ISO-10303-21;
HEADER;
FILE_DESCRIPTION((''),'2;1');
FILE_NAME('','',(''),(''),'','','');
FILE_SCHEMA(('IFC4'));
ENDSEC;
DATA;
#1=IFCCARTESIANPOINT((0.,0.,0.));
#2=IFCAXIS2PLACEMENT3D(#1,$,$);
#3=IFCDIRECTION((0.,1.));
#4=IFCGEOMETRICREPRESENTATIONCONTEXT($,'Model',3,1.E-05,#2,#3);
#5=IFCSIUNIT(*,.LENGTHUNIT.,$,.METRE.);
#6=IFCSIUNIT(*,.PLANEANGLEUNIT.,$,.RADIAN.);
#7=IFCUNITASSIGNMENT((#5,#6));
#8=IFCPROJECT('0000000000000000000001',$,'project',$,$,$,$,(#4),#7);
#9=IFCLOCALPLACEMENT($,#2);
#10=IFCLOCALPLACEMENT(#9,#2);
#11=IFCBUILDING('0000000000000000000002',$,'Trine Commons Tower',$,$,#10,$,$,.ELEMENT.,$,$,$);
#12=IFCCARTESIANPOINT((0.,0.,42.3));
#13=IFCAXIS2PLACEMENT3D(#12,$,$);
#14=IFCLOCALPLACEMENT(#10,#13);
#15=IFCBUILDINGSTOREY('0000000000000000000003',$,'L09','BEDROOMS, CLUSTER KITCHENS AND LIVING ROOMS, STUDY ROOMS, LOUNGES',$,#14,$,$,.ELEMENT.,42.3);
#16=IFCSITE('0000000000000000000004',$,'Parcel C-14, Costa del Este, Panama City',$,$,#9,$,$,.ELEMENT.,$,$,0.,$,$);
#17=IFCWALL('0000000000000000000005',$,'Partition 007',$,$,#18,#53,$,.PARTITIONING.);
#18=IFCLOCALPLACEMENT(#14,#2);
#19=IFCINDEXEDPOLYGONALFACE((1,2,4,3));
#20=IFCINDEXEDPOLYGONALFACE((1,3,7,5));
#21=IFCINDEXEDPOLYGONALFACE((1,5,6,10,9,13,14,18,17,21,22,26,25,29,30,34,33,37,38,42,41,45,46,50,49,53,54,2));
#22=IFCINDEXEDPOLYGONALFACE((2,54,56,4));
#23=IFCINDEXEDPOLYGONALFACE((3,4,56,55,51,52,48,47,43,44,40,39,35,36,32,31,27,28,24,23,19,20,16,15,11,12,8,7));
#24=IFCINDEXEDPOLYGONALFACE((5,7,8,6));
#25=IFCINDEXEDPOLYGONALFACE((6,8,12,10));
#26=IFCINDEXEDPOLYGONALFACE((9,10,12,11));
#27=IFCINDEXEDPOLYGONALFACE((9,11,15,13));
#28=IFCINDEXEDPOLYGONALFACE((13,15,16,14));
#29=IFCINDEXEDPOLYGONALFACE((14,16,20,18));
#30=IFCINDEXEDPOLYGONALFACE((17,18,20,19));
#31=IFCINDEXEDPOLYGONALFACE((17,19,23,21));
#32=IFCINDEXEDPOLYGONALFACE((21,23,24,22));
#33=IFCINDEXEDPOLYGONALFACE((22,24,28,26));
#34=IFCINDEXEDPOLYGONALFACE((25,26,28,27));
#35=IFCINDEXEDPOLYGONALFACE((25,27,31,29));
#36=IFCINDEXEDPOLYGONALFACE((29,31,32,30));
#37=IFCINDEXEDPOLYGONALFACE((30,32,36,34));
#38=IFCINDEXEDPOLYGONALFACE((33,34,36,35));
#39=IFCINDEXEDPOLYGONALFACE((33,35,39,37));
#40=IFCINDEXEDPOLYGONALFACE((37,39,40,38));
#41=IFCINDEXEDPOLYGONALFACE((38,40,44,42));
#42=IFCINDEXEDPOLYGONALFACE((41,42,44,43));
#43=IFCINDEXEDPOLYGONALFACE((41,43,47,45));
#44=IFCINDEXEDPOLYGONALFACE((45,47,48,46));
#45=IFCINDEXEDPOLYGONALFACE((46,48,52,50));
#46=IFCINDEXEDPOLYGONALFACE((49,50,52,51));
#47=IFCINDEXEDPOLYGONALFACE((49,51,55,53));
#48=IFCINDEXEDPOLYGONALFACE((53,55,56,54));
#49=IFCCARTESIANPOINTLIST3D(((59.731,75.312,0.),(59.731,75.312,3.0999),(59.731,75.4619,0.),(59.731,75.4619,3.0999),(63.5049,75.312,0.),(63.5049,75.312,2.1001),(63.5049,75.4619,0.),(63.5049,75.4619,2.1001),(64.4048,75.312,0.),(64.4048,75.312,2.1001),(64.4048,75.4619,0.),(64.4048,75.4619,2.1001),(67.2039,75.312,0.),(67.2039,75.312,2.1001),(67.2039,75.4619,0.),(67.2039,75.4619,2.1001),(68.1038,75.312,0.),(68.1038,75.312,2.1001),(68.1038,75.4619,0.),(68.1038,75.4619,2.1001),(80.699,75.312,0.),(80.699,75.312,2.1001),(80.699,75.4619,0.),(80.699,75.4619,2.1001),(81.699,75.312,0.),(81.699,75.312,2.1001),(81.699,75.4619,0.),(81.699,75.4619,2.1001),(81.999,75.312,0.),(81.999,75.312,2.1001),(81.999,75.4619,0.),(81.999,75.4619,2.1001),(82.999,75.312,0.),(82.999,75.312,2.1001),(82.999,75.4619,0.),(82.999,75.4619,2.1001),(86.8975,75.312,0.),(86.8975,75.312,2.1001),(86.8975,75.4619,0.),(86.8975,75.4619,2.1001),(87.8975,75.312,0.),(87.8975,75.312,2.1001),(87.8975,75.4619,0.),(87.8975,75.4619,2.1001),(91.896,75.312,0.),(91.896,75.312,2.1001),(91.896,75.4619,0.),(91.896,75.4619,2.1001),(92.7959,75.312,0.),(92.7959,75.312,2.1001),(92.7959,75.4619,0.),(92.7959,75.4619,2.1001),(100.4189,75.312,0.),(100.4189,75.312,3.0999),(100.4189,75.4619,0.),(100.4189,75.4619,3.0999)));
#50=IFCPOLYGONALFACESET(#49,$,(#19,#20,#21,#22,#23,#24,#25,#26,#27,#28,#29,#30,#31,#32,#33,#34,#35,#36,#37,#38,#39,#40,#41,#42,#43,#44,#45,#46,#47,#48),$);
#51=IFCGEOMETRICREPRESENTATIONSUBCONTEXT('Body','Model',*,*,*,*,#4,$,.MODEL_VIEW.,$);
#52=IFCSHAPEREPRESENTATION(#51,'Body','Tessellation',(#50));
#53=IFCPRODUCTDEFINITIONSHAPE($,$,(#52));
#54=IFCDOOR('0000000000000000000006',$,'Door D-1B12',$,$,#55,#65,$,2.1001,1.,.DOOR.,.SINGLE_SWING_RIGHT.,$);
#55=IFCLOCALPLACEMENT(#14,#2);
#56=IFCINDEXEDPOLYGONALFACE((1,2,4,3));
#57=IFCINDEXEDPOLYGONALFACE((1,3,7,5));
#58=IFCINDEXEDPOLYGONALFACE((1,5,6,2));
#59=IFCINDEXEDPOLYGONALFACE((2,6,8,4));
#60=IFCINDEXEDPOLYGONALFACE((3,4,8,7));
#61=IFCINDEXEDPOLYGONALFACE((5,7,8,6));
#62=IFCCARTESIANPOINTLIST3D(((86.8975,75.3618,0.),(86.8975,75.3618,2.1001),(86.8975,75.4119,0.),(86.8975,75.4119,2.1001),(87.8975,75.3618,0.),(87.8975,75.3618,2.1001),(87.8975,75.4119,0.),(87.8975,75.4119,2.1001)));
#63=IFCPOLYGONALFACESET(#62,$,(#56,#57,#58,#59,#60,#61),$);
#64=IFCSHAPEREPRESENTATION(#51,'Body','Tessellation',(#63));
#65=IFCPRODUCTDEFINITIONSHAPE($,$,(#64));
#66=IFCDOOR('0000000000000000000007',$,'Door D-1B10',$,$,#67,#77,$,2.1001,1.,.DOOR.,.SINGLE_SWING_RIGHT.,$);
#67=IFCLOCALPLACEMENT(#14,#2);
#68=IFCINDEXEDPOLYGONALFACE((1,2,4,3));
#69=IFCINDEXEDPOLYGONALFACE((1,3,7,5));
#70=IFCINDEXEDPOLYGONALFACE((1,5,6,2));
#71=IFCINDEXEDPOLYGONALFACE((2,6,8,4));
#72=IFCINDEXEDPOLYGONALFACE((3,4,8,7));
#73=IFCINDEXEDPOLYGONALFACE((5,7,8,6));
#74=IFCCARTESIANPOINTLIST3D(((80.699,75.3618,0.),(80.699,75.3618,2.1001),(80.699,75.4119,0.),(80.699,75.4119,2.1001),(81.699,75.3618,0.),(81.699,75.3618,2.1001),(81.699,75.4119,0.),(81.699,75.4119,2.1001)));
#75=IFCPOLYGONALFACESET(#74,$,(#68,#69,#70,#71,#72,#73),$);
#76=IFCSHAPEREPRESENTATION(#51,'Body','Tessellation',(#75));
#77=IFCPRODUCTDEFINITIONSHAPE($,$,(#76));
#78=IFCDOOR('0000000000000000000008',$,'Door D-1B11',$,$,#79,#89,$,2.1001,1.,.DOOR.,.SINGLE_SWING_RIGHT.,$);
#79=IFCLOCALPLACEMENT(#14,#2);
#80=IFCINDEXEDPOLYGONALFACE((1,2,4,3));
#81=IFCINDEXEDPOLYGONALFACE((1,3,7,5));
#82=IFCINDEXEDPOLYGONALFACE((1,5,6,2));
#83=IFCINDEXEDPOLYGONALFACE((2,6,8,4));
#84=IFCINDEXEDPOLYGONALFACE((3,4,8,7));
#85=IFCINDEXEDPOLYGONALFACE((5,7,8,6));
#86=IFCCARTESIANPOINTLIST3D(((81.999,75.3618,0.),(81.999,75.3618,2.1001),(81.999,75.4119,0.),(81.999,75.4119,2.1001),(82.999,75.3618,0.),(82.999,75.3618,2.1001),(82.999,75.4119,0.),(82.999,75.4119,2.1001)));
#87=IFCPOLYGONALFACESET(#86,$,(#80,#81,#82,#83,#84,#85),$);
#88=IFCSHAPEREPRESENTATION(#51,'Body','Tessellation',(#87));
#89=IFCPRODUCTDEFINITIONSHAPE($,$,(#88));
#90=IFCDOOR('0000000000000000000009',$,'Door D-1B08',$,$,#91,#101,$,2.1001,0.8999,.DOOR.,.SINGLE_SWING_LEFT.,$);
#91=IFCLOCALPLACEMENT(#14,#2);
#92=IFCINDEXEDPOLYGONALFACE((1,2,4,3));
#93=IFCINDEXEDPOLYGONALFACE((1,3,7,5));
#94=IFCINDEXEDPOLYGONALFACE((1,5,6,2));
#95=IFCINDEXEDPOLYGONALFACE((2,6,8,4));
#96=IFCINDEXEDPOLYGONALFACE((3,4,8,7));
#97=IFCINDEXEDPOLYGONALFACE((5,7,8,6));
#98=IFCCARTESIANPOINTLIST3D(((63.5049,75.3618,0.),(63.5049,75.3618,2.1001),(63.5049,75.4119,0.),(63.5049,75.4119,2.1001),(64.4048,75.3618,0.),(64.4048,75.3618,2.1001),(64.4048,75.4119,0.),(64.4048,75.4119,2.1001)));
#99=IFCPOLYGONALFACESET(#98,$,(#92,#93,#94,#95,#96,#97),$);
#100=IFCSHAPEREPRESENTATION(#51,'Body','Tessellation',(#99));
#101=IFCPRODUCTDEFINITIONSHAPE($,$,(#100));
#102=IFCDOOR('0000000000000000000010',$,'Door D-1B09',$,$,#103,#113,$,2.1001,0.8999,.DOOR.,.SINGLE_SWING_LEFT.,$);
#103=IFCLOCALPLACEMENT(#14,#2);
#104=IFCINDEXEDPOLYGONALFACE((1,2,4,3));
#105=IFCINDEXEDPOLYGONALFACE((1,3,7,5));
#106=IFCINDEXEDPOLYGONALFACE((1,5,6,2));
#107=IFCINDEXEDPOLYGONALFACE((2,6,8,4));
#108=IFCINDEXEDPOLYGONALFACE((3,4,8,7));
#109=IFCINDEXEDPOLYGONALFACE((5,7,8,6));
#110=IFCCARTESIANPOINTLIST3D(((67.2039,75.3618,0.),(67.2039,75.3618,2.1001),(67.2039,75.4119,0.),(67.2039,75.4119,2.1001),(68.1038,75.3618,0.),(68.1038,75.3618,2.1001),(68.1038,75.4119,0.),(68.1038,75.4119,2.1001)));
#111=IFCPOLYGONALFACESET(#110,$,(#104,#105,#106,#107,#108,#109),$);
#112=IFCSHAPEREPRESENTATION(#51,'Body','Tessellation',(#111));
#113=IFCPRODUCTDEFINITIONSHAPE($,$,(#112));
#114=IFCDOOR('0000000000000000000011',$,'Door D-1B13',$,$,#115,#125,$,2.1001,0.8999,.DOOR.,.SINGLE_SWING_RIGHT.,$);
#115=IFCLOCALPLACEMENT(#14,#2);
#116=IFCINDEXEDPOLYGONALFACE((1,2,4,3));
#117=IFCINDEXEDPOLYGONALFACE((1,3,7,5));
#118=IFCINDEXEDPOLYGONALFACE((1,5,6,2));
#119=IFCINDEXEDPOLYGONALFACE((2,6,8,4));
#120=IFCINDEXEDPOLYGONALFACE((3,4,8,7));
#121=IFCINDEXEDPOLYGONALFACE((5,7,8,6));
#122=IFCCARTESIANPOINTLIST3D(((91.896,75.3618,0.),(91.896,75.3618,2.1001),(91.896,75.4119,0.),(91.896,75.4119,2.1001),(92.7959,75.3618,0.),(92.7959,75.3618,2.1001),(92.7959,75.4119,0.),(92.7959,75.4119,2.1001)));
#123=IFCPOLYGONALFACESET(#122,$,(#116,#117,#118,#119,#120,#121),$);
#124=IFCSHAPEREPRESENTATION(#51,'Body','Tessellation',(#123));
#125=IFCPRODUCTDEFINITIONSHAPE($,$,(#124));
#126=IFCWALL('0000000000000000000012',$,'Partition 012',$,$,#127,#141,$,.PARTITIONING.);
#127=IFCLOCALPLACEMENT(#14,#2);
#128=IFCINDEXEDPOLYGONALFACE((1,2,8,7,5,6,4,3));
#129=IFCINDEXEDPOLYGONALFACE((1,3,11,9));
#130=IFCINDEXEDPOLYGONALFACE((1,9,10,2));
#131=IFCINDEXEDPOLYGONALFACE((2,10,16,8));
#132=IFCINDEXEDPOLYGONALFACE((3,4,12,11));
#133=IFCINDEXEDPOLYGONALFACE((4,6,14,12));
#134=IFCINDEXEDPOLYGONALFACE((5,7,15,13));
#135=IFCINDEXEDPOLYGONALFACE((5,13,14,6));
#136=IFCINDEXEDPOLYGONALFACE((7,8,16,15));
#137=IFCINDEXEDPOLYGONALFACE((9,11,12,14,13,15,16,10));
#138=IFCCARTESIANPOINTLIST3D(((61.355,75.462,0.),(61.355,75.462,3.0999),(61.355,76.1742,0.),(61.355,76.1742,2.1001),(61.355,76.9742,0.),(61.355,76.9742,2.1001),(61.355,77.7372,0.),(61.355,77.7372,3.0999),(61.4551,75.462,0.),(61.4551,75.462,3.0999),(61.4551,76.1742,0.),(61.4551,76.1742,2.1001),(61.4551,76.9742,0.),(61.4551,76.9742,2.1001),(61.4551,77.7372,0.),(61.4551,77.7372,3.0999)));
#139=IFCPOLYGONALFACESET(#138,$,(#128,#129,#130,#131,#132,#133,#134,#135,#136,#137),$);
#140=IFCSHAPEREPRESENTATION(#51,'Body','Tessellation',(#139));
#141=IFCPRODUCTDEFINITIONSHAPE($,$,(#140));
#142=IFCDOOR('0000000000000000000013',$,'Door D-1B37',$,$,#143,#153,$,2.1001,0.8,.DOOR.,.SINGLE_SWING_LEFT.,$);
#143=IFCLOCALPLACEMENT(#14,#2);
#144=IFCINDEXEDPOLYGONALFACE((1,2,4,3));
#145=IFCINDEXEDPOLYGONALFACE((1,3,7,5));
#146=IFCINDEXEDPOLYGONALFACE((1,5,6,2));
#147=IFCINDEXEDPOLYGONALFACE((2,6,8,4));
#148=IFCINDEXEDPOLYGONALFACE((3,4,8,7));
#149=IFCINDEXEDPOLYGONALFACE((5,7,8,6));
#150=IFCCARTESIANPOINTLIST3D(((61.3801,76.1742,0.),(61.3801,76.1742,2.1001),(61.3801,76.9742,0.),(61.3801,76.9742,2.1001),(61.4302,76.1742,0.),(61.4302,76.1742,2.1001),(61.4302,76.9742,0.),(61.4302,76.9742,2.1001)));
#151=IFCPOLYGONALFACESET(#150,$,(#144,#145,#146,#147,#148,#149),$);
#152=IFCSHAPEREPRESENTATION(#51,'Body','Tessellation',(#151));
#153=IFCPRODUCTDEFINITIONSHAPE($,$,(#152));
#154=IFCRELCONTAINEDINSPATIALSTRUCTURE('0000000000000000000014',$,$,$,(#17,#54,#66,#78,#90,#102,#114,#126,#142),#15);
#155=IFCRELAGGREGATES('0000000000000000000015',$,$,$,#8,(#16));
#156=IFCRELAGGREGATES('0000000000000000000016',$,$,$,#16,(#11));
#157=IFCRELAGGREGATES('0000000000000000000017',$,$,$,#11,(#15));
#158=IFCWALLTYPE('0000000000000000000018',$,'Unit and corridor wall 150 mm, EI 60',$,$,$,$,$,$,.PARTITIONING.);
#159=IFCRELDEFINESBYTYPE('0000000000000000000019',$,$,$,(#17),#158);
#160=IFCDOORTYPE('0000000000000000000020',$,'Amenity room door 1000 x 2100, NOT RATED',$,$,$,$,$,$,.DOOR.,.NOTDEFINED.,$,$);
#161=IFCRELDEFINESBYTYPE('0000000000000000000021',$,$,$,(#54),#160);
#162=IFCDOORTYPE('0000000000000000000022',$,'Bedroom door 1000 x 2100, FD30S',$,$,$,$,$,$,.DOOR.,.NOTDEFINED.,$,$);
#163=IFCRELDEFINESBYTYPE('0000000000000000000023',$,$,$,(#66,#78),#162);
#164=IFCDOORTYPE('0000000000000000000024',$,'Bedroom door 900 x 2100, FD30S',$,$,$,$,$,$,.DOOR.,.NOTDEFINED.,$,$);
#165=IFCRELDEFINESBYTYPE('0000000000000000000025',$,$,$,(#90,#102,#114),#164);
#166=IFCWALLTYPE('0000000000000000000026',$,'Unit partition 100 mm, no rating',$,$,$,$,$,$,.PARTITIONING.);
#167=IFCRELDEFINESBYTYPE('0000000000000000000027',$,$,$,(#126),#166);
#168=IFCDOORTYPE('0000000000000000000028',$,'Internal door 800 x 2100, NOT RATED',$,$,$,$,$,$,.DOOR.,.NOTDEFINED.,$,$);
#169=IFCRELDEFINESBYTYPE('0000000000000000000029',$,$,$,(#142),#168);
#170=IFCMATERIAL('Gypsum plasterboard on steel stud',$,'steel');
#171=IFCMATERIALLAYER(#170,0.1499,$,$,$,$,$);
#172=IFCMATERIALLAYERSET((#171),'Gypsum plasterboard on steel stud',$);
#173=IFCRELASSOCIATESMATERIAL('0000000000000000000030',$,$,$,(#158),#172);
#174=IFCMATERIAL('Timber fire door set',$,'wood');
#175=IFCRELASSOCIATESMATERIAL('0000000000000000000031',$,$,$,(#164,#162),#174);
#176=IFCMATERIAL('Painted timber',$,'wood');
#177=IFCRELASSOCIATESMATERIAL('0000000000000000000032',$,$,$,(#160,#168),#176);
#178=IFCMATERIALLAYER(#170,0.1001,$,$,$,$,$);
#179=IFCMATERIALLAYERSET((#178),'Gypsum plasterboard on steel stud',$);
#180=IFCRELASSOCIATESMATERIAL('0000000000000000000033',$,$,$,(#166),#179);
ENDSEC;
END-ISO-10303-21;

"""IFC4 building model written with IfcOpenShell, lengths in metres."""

from ifc_helpers import new_model, si_unit, direction, frame, frame_2d, origin, place, context, subcontext, project, spatial, rectangle, extrude, material, layer, layer_set, type_object, element, fill, save


model = new_model("IFC4")

# Units and contexts
model_context = context("Model", 3, precision=1e-05, world=origin(), true_north=direction((0.0, 1.0)))
body_context = subcontext(model_context, "Body", "Model", "MODEL_VIEW")
ifc_project = project(units=[si_unit("LENGTHUNIT", "METRE"), si_unit("PLANEANGLEUNIT", "RADIAN")], contexts=[model_context])

# Site, building, storey
site_placement = place(None, origin())
site = spatial("IfcSite", under=ifc_project, at=site_placement, Name="Parcel C-14, Costa del Este, Panama City", CompositionType="ELEMENT", RefElevation=0.0)
building_placement = place(site_placement, origin())
building = spatial("IfcBuilding", under=site, at=building_placement, Name="Trine Commons Tower", CompositionType="ELEMENT")
storey_placement = place(building_placement, frame((0.0, 0.0, 42.3)))
storey = spatial("IfcBuildingStorey", under=building, at=storey_placement, Name="L09", Description="BEDROOMS, CLUSTER KITCHENS AND LIVING ROOMS, STUDY ROOMS, LOUNGES", CompositionType="ELEMENT", Elevation=42.3)

# Shared definitions
ifc_material_1 = material(Name="Gypsum plasterboard on steel stud", Category="steel")
ifc_layer_1 = layer(ifc_material_1, 0.1499)
ifc_layer_set_1 = layer_set([ifc_layer_1], Name="Gypsum plasterboard on steel stud")
wall_type_1 = type_object("IfcWallType", Name="Unit and corridor wall 150 mm, EI 60", PredefinedType="PARTITIONING", material=ifc_layer_set_1)
ifc_material_2 = material(Name="Timber fire door set", Category="wood")
door_type_1 = type_object("IfcDoorType", Name="Bedroom door 900 x 2100, FD30S", OperationType="NOTDEFINED", PredefinedType="DOOR", material=ifc_material_2)

# Wall, openings, doors
wall_1_placement = place(storey_placement, frame((59.731, 75.387, 0.0), z_axis=(0.0, 0.0, 1.0), x_axis=(1.0, 0.0, 0.0)))
wall_1 = element("IfcWall", 1, at=wall_1_placement, inside=storey, type_object=wall_type_1, Name="Partition 007", PredefinedType="PARTITIONING", context=body_context, shape_type="SweptSolid", body=[
    extrude(rectangle(XDim=40.688, YDim=0.1499, at=frame_2d((20.344, 0.0))), origin(), (0.0, 0.0, 1.0), 3.0999),
])
opening_1_placement = place(wall_1_placement, frame((3.7739, 0.0, 0.0)))
opening_1 = element("IfcOpeningElement", 2, at=opening_1_placement, cuts=wall_1, PredefinedType="OPENING", context=body_context, shape_type="SweptSolid", body=[
    extrude(rectangle(XDim=0.8999, YDim=2.1001, at=frame_2d((0.45, 1.05))), frame((0.0, 0.085, 0.0), z_axis=(0.0, -1.0, 0.0), x_axis=(1.0, 0.0, 0.0)), (0.0, 0.0, 1.0), 0.1699),
])
opening_2_placement = place(wall_1_placement, frame((7.4729, 0.0, 0.0)))
opening_2 = element("IfcOpeningElement", 3, at=opening_2_placement, cuts=wall_1, PredefinedType="OPENING", context=body_context, shape_type="SweptSolid", body=[
    extrude(rectangle(XDim=0.8999, YDim=2.1001, at=frame_2d((0.45, 1.05))), frame((0.0, 0.085, 0.0), z_axis=(0.0, -1.0, 0.0), x_axis=(1.0, 0.0, 0.0)), (0.0, 0.0, 1.0), 0.1699),
])
opening_3_placement = place(wall_1_placement, frame((20.968, 0.0, 0.0)))
opening_3 = element("IfcOpeningElement", 4, at=opening_3_placement, cuts=wall_1, PredefinedType="OPENING", context=body_context, shape_type="SweptSolid", body=[
    extrude(rectangle(XDim=1.0, YDim=2.1001, at=frame_2d((0.5, 1.05))), frame((0.0, 0.085, 0.0), z_axis=(0.0, -1.0, 0.0), x_axis=(1.0, 0.0, 0.0)), (0.0, 0.0, 1.0), 0.1699),
])
opening_4_placement = place(wall_1_placement, frame((22.2681, 0.0, 0.0)))
opening_4 = element("IfcOpeningElement", 5, at=opening_4_placement, cuts=wall_1, PredefinedType="OPENING", context=body_context, shape_type="SweptSolid", body=[
    extrude(rectangle(XDim=1.0, YDim=2.1001, at=frame_2d((0.5, 1.05))), frame((0.0, 0.085, 0.0), z_axis=(0.0, -1.0, 0.0), x_axis=(1.0, 0.0, 0.0)), (0.0, 0.0, 1.0), 0.1699),
])
opening_5_placement = place(wall_1_placement, frame((27.1665, 0.0, 0.0)))
opening_5 = element("IfcOpeningElement", 6, at=opening_5_placement, cuts=wall_1, PredefinedType="OPENING", context=body_context, shape_type="SweptSolid", body=[
    extrude(rectangle(XDim=1.0, YDim=2.1001, at=frame_2d((0.5, 1.05))), frame((0.0, 0.085, 0.0), z_axis=(0.0, -1.0, 0.0), x_axis=(1.0, 0.0, 0.0)), (0.0, 0.0, 1.0), 0.1699),
])
opening_6_placement = place(wall_1_placement, frame((32.165, 0.0, 0.0)))
opening_6 = element("IfcOpeningElement", 7, at=opening_6_placement, cuts=wall_1, PredefinedType="OPENING", context=body_context, shape_type="SweptSolid", body=[
    extrude(rectangle(XDim=0.8999, YDim=2.1001, at=frame_2d((0.45, 1.05))), frame((0.0, 0.085, 0.0), z_axis=(0.0, -1.0, 0.0), x_axis=(1.0, 0.0, 0.0)), (0.0, 0.0, 1.0), 0.1699),
])
ifc_material_3 = material(Name="Painted timber", Category="wood")
door_type_2 = type_object("IfcDoorType", Name="Amenity room door 1000 x 2100, NOT RATED", OperationType="NOTDEFINED", PredefinedType="DOOR", material=ifc_material_3)
door_1_placement = place(opening_5_placement, origin())
door_1 = element("IfcDoor", 8, at=door_1_placement, inside=storey, type_object=door_type_2, Name="Door D-1B12", OperationType="SINGLE_SWING_RIGHT", OverallHeight=2.1001, OverallWidth=1.0, PredefinedType="DOOR", context=body_context, shape_type="SweptSolid", body=[
    extrude(rectangle(XDim=1.0, YDim=2.1001, at=frame_2d((0.5, 1.05))), frame((0.0, 0.0249, 0.0), z_axis=(0.0, -1.0, 0.0), x_axis=(1.0, 0.0, 0.0)), (0.0, 0.0, 1.0), 0.05),
])
fill(opening_5, door_1)
door_type_3 = type_object("IfcDoorType", Name="Bedroom door 1000 x 2100, FD30S", OperationType="NOTDEFINED", PredefinedType="DOOR", material=ifc_material_2)
door_2_placement = place(opening_3_placement, origin())
door_2 = element("IfcDoor", 9, at=door_2_placement, inside=storey, type_object=door_type_3, Name="Door D-1B10", OperationType="SINGLE_SWING_RIGHT", OverallHeight=2.1001, OverallWidth=1.0, PredefinedType="DOOR", context=body_context, shape_type="SweptSolid", body=[
    extrude(rectangle(XDim=1.0, YDim=2.1001, at=frame_2d((0.5, 1.05))), frame((0.0, 0.0249, 0.0), z_axis=(0.0, -1.0, 0.0), x_axis=(1.0, 0.0, 0.0)), (0.0, 0.0, 1.0), 0.05),
])
fill(opening_3, door_2)
door_3_placement = place(opening_4_placement, origin())
door_3 = element("IfcDoor", 10, at=door_3_placement, inside=storey, type_object=door_type_3, Name="Door D-1B11", OperationType="SINGLE_SWING_RIGHT", OverallHeight=2.1001, OverallWidth=1.0, PredefinedType="DOOR", context=body_context, shape_type="SweptSolid", body=[
    extrude(rectangle(XDim=1.0, YDim=2.1001, at=frame_2d((0.5, 1.05))), frame((0.0, 0.0249, 0.0), z_axis=(0.0, -1.0, 0.0), x_axis=(1.0, 0.0, 0.0)), (0.0, 0.0, 1.0), 0.05),
])
fill(opening_4, door_3)
door_4_placement = place(opening_1_placement, origin())
door_4 = element("IfcDoor", 11, at=door_4_placement, inside=storey, type_object=door_type_1, Name="Door D-1B08", OperationType="SINGLE_SWING_LEFT", OverallHeight=2.1001, OverallWidth=0.8999, PredefinedType="DOOR", context=body_context, shape_type="SweptSolid", body=[
    extrude(rectangle(XDim=0.8999, YDim=2.1001, at=frame_2d((0.45, 1.05))), frame((0.0, 0.0249, 0.0), z_axis=(0.0, -1.0, 0.0), x_axis=(1.0, 0.0, 0.0)), (0.0, 0.0, 1.0), 0.05),
])
fill(opening_1, door_4)
door_5_placement = place(opening_2_placement, origin())
door_5 = element("IfcDoor", 12, at=door_5_placement, inside=storey, type_object=door_type_1, Name="Door D-1B09", OperationType="SINGLE_SWING_LEFT", OverallHeight=2.1001, OverallWidth=0.8999, PredefinedType="DOOR", context=body_context, shape_type="SweptSolid", body=[
    extrude(rectangle(XDim=0.8999, YDim=2.1001, at=frame_2d((0.45, 1.05))), frame((0.0, 0.0249, 0.0), z_axis=(0.0, -1.0, 0.0), x_axis=(1.0, 0.0, 0.0)), (0.0, 0.0, 1.0), 0.05),
])
fill(opening_2, door_5)
door_6_placement = place(opening_6_placement, origin())
door_6 = element("IfcDoor", 13, at=door_6_placement, inside=storey, type_object=door_type_1, Name="Door D-1B13", OperationType="SINGLE_SWING_RIGHT", OverallHeight=2.1001, OverallWidth=0.8999, PredefinedType="DOOR", context=body_context, shape_type="SweptSolid", body=[
    extrude(rectangle(XDim=0.8999, YDim=2.1001, at=frame_2d((0.45, 1.05))), frame((0.0, 0.0249, 0.0), z_axis=(0.0, -1.0, 0.0), x_axis=(1.0, 0.0, 0.0)), (0.0, 0.0, 1.0), 0.05),
])
fill(opening_6, door_6)

# Wall, opening, door
ifc_layer_2 = layer(ifc_material_1, 0.1001)
ifc_layer_set_2 = layer_set([ifc_layer_2], Name="Gypsum plasterboard on steel stud")
wall_type_2 = type_object("IfcWallType", Name="Unit partition 100 mm, no rating", PredefinedType="PARTITIONING", material=ifc_layer_set_2)
wall_2_placement = place(storey_placement, frame((61.405, 75.4619, 0.0), z_axis=(0.0, 0.0, 1.0), x_axis=(0.0, 1.0, 0.0)))
wall_2 = element("IfcWall", 14, at=wall_2_placement, inside=storey, type_object=wall_type_2, Name="Partition 012", PredefinedType="PARTITIONING", context=body_context, shape_type="SweptSolid", body=[
    extrude(rectangle(XDim=2.2751, YDim=0.1001, at=frame_2d((1.1377, 0.0))), origin(), (0.0, 0.0, 1.0), 3.0999),
])
opening_7_placement = place(wall_2_placement, frame((0.7124, 0.0, 0.0)))
opening_7 = element("IfcOpeningElement", 15, at=opening_7_placement, cuts=wall_2, PredefinedType="OPENING", context=body_context, shape_type="SweptSolid", body=[
    extrude(rectangle(XDim=0.8, YDim=2.1001, at=frame_2d((0.3999, 1.05))), frame((0.0, 0.0601, 0.0), z_axis=(0.0, -1.0, 0.0), x_axis=(1.0, 0.0, 0.0)), (0.0, 0.0, 1.0), 0.1201),
])
door_type_4 = type_object("IfcDoorType", Name="Internal door 800 x 2100, NOT RATED", OperationType="NOTDEFINED", PredefinedType="DOOR", material=ifc_material_3)
door_7_placement = place(opening_7_placement, origin())
door_7 = element("IfcDoor", 16, at=door_7_placement, inside=storey, type_object=door_type_4, Name="Door D-1B37", OperationType="SINGLE_SWING_LEFT", OverallHeight=2.1001, OverallWidth=0.8, PredefinedType="DOOR", context=body_context, shape_type="SweptSolid", body=[
    extrude(rectangle(XDim=0.8, YDim=2.1001, at=frame_2d((0.3999, 1.05))), frame((0.0, 0.0249, 0.0), z_axis=(0.0, -1.0, 0.0), x_axis=(1.0, 0.0, 0.0)), (0.0, 0.0, 1.0), 0.05),
])
fill(opening_7, door_7)

save(model, "model.ifc")
